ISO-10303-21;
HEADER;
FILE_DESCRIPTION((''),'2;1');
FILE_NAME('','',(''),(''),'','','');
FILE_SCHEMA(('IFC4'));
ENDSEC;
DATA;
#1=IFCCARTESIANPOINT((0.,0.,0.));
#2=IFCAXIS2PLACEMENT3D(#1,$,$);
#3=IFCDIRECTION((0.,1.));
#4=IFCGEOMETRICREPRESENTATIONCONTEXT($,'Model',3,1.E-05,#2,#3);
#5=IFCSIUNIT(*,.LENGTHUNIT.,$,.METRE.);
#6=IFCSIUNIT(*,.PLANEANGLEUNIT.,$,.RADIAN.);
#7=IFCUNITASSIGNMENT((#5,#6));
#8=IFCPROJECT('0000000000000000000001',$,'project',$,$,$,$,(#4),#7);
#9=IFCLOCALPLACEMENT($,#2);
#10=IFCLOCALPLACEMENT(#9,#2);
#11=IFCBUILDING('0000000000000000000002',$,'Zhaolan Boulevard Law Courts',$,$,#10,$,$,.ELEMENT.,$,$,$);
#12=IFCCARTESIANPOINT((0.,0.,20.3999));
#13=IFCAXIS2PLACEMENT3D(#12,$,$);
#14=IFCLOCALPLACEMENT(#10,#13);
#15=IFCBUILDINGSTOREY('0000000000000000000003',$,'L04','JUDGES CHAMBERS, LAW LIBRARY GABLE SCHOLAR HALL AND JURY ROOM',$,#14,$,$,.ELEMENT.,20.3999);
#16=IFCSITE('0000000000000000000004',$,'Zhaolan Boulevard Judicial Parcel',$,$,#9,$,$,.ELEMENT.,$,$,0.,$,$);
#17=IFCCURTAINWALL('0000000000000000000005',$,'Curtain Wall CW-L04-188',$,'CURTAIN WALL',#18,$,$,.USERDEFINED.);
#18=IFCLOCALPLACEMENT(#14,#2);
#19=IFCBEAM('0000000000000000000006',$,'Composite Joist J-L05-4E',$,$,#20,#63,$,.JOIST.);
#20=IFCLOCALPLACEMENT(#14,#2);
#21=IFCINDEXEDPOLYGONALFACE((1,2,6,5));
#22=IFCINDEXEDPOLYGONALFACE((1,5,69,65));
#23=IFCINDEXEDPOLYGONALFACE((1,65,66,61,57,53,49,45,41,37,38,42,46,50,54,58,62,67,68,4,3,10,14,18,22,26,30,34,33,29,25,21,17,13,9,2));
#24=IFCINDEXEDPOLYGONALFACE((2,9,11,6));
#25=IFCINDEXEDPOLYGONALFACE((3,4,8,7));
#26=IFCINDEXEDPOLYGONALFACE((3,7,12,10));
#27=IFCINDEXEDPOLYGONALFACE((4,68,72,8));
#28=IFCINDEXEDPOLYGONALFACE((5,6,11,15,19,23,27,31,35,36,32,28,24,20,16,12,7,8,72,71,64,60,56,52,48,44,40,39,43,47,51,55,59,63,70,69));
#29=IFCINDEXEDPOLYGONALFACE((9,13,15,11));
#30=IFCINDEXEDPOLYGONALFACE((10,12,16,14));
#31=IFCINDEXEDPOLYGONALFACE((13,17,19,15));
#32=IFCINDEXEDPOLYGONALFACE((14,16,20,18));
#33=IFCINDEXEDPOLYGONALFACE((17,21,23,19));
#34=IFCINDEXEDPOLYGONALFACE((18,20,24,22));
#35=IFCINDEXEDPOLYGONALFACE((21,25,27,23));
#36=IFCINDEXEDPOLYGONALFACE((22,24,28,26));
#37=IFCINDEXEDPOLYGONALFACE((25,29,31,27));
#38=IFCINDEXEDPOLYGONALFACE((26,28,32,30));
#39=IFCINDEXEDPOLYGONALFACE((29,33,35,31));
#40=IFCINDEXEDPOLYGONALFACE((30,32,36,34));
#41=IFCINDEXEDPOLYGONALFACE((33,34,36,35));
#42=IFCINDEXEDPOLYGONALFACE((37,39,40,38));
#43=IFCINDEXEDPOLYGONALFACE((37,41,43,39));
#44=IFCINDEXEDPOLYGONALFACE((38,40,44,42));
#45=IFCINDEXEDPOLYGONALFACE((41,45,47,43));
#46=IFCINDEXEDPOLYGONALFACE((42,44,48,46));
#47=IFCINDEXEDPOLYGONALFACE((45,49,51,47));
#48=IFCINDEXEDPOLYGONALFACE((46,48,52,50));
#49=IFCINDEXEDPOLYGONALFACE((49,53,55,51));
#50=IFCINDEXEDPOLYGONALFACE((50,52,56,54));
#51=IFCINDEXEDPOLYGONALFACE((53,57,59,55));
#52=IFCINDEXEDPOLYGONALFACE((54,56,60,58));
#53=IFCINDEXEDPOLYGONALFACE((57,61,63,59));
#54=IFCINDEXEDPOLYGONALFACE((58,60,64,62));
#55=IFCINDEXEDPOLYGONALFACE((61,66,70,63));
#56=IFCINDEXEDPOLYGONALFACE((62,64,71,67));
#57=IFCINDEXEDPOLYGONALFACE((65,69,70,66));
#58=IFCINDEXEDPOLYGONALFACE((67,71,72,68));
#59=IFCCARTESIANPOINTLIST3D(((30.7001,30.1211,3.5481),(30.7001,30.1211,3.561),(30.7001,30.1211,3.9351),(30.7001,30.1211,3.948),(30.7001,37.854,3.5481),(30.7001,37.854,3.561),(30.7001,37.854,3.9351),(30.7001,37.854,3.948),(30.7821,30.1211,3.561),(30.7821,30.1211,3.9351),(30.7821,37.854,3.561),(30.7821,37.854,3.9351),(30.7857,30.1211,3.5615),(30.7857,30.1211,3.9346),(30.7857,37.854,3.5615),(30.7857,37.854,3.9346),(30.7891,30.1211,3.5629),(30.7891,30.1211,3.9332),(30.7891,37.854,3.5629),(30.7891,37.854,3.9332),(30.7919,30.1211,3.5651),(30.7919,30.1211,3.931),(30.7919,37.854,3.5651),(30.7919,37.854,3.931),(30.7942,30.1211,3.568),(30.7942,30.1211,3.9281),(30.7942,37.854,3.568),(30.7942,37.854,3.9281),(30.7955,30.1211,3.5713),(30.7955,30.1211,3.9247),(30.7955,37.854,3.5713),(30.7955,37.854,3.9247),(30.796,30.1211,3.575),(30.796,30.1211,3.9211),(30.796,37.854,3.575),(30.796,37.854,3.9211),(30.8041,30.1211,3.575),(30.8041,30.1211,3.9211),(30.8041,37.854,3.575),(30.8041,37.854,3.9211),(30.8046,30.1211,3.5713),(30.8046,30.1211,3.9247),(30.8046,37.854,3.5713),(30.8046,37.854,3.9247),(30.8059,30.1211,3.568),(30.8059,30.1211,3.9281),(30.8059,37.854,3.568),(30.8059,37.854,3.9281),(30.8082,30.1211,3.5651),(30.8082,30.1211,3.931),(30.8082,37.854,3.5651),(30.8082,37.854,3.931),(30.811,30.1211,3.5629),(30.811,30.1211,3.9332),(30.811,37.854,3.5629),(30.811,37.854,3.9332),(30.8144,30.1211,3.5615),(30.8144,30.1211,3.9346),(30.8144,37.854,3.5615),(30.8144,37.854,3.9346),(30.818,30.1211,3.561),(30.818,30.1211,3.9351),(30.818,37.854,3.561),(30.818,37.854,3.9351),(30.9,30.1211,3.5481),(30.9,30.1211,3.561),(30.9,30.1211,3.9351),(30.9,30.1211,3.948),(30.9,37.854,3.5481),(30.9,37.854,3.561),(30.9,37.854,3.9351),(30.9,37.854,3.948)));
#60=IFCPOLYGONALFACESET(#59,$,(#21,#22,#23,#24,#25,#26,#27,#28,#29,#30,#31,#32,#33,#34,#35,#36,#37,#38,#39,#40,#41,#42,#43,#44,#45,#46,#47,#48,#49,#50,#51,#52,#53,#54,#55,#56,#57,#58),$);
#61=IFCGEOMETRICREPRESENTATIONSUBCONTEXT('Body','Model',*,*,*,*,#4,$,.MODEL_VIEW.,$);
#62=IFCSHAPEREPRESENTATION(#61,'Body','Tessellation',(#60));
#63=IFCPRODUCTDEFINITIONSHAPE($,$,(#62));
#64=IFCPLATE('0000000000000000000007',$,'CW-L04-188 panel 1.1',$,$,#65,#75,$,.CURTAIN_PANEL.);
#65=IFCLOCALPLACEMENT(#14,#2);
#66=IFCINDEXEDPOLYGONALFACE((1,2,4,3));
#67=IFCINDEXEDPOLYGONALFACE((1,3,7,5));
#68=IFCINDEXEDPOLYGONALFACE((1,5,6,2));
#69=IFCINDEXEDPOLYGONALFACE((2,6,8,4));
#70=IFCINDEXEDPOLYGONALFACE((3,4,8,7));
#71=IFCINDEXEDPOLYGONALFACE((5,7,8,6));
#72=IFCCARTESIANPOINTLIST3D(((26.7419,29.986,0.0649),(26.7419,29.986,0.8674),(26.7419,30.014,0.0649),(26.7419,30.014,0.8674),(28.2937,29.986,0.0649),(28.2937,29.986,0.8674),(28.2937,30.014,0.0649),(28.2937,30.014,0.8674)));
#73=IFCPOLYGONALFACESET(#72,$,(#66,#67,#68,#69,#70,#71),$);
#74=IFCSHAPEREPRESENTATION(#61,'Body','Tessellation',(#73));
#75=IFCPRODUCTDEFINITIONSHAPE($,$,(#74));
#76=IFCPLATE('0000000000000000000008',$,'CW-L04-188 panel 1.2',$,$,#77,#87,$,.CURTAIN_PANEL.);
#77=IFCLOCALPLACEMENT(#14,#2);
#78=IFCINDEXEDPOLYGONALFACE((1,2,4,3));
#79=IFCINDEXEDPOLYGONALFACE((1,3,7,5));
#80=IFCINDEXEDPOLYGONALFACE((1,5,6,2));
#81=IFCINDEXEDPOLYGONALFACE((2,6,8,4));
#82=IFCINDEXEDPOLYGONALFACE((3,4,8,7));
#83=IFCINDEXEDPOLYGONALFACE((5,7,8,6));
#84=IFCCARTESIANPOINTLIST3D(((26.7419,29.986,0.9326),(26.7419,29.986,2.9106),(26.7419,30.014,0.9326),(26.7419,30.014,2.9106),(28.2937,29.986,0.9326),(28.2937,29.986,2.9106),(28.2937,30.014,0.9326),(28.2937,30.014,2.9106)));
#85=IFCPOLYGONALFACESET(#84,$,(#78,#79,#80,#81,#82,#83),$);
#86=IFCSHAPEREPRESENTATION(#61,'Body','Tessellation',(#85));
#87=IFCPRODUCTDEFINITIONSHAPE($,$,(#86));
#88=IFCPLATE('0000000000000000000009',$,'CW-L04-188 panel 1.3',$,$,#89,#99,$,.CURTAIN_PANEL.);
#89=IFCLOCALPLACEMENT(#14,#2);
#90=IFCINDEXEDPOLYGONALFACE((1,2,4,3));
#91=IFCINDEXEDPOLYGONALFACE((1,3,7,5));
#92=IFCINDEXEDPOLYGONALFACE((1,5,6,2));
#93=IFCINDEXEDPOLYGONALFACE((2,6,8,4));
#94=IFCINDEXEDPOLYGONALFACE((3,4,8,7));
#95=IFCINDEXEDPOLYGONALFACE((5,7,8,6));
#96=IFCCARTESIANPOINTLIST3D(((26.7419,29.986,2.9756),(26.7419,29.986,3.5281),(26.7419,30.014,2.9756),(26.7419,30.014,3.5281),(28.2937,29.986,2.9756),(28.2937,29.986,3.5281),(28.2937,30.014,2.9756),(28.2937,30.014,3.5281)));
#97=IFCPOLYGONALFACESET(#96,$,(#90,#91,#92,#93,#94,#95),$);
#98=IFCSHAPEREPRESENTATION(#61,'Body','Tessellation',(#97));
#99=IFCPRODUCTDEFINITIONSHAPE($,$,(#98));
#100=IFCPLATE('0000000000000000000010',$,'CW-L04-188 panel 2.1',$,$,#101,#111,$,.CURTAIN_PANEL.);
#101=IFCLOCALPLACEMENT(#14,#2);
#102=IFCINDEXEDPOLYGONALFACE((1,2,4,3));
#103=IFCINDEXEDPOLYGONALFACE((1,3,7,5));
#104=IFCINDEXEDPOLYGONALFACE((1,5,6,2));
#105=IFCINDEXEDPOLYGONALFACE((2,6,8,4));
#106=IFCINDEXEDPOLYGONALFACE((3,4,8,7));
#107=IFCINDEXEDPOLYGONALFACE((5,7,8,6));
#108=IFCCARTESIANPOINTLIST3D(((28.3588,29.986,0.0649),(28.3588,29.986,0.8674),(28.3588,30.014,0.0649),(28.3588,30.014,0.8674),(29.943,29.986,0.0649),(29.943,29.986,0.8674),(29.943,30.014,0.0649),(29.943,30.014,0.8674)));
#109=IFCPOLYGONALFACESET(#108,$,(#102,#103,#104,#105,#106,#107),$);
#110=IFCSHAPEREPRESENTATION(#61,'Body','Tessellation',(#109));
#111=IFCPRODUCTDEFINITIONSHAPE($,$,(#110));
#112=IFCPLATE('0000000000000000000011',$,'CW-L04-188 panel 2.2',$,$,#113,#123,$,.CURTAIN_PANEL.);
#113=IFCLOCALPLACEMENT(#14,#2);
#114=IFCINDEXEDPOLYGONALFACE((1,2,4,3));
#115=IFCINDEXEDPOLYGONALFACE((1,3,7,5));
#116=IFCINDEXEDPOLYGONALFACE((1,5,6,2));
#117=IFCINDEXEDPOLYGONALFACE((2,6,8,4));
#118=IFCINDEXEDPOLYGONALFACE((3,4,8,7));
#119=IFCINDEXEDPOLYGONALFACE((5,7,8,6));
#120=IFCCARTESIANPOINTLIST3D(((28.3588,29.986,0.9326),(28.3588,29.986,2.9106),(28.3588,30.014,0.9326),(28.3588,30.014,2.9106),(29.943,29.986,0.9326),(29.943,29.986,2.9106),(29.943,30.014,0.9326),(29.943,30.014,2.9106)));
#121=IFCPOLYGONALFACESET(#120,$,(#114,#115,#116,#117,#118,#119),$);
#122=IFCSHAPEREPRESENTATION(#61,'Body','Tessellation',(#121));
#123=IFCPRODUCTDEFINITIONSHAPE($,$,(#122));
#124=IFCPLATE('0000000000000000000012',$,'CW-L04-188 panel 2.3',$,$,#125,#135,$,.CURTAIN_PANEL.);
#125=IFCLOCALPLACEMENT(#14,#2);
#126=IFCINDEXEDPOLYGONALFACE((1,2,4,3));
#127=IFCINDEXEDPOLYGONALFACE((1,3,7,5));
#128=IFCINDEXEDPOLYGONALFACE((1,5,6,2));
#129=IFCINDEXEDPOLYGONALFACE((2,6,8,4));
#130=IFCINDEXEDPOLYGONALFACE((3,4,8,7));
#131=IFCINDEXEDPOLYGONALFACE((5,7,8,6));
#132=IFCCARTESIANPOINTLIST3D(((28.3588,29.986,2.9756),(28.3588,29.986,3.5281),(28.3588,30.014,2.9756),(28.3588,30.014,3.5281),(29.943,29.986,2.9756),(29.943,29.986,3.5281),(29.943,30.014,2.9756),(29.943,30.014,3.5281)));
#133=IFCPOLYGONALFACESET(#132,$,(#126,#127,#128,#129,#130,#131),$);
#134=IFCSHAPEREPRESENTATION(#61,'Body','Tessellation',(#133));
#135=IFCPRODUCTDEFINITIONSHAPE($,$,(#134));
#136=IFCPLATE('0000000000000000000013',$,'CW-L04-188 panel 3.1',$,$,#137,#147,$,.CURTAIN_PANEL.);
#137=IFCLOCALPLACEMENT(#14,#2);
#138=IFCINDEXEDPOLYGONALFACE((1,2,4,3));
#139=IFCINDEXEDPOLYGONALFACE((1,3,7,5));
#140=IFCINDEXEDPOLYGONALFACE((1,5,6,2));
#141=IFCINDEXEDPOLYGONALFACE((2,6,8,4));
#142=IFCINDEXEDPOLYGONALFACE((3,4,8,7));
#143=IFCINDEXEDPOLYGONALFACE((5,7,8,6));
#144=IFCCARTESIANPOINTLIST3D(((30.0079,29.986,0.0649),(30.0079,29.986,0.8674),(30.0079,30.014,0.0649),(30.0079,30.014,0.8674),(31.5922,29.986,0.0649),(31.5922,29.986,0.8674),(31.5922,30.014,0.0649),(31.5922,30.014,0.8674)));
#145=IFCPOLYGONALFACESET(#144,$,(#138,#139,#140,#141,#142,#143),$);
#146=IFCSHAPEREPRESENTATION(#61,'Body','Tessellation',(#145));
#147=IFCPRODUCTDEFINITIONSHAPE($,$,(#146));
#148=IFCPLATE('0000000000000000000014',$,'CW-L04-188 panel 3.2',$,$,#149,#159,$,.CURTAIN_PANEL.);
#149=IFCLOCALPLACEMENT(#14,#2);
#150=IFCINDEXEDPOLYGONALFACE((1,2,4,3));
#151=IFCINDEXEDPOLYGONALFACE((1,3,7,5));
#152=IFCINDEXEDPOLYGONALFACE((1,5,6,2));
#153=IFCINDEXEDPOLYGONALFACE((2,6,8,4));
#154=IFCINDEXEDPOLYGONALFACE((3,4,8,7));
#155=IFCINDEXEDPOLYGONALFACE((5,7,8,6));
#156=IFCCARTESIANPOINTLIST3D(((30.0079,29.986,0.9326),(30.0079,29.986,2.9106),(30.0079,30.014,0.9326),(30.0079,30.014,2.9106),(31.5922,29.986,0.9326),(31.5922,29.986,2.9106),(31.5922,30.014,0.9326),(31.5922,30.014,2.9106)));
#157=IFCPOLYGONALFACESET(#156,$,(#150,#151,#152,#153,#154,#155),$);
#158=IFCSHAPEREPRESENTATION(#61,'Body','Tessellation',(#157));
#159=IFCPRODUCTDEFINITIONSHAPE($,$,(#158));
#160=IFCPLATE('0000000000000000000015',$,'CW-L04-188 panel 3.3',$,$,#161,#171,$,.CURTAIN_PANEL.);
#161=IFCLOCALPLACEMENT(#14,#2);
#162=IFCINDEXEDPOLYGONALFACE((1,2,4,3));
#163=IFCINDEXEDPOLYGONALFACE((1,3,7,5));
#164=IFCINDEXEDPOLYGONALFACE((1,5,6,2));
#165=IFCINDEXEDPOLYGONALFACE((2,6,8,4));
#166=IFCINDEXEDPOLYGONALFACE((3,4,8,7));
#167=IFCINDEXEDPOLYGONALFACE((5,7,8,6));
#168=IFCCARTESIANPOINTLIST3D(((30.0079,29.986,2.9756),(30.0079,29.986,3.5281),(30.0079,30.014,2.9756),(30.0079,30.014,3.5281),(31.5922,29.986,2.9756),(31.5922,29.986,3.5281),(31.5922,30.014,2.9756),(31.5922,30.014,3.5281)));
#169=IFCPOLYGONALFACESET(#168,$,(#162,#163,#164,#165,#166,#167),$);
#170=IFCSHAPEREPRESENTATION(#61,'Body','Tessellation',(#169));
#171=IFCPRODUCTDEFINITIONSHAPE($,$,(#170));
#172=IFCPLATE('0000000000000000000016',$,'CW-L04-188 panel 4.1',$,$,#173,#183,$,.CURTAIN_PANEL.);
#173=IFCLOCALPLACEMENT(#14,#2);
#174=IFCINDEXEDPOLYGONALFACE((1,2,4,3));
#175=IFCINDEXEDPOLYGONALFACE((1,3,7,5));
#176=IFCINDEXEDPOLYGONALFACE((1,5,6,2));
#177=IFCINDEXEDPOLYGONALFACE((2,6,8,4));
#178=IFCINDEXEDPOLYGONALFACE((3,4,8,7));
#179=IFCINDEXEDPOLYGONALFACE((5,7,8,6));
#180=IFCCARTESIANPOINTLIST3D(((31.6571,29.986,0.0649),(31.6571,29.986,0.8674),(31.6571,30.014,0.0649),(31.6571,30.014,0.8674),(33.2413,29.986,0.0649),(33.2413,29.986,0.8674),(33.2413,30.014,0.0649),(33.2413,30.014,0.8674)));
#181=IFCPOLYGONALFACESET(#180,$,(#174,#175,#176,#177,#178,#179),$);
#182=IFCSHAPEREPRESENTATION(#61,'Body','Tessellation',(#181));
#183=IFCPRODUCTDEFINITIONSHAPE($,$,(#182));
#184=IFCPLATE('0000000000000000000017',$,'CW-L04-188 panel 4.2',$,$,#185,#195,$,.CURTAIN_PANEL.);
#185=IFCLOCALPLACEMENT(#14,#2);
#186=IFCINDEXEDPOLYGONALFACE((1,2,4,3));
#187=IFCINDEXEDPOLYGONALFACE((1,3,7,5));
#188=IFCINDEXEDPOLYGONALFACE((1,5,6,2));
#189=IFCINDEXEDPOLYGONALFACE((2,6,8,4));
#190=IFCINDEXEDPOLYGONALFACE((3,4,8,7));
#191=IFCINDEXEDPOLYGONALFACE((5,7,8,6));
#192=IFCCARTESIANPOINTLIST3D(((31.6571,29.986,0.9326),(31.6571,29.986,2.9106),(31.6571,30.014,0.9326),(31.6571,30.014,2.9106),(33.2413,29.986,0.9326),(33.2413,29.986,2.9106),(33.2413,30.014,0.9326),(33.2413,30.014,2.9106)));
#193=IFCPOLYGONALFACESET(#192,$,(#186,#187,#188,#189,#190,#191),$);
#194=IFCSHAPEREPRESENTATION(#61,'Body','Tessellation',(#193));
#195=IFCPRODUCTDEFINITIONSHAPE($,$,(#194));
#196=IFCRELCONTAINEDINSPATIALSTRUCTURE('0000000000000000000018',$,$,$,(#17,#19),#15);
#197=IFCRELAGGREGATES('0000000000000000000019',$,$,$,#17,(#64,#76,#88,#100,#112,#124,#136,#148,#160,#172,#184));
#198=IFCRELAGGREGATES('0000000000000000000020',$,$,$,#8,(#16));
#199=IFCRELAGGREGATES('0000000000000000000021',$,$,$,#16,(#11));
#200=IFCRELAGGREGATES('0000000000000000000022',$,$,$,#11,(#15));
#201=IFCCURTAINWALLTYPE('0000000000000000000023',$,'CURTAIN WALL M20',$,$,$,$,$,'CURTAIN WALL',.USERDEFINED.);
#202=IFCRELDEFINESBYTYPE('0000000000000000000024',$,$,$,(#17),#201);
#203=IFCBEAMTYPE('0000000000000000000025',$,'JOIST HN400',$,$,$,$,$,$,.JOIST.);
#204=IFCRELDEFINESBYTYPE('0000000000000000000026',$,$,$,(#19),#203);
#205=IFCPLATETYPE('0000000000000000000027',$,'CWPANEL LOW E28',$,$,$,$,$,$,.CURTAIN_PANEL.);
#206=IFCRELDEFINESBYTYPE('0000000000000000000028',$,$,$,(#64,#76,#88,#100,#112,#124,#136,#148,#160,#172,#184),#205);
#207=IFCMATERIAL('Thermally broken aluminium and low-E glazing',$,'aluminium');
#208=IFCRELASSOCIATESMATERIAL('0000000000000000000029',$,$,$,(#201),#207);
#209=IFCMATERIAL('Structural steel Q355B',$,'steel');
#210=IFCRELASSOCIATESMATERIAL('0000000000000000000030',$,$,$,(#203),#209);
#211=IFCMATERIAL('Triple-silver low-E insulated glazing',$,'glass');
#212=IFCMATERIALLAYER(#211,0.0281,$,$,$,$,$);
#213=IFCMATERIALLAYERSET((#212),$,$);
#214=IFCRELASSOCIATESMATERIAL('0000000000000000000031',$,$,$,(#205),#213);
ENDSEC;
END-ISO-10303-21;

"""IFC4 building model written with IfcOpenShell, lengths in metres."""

from ifc_helpers import new_model, si_unit, direction, frame, origin, origin_2d, place, context, subcontext, project, spatial, rectangle, i_section, extrude, material, layer, layer_set, material_profile, profile_set, type_object, element, aggregate, save


model = new_model("IFC4")

# Units and contexts
model_context = context("Model", 3, precision=1e-05, world=origin(), true_north=direction((0.0, 1.0)))
body_context = subcontext(model_context, "Body", "Model", "MODEL_VIEW")
ifc_project = project(units=[si_unit("LENGTHUNIT", "METRE"), si_unit("PLANEANGLEUNIT", "RADIAN")], contexts=[model_context])

# Site, building, storey
site_placement = place(None, origin())
site = spatial("IfcSite", under=ifc_project, at=site_placement, Name="Zhaolan Boulevard Judicial Parcel", CompositionType="ELEMENT", RefElevation=0.0)
building_placement = place(site_placement, origin())
building = spatial("IfcBuilding", under=site, at=building_placement, Name="Zhaolan Boulevard Law Courts", CompositionType="ELEMENT")
storey_placement = place(building_placement, frame((0.0, 0.0, 20.3999)))
storey = spatial("IfcBuildingStorey", under=building, at=storey_placement, Name="L04", Description="JUDGES CHAMBERS, LAW LIBRARY GABLE SCHOLAR HALL AND JURY ROOM", CompositionType="ELEMENT", Elevation=20.3999)

# Curtain wall
ifc_material_1 = material(Name="Thermally broken aluminium and low-E glazing", Category="aluminium")
curtain_wall_type = type_object("IfcCurtainWallType", Name="CURTAIN WALL M20", ElementType="CURTAIN WALL", PredefinedType="USERDEFINED", material=ifc_material_1)
curtain_wall_placement = place(storey_placement, origin())
curtain_wall = element("IfcCurtainWall", 1, at=curtain_wall_placement, inside=storey, type_object=curtain_wall_type, Name="Curtain Wall CW-L04-188", ObjectType="CURTAIN WALL", PredefinedType="USERDEFINED")

# Beam
ifc_material_2 = material(Name="Structural steel Q355B", Category="steel")
ifc_material_profile_1 = material_profile(ifc_material_2, i_section(OverallWidth=0.2, OverallDepth=0.3999, WebThickness=0.0081, FlangeThickness=0.0129, FilletRadius=0.0139, at=origin_2d()), Name="HN400x200")
ifc_profile_set_1 = profile_set([ifc_material_profile_1], Name="Structural steel Q355B")
beam_type = type_object("IfcBeamType", Name="JOIST HN400", PredefinedType="JOIST", material=ifc_profile_set_1)
beam_placement = place(storey_placement, frame((30.8, 30.1211, 3.748), z_axis=(0.0, 1.0, 0.0), x_axis=(-1.0, 0.0, 0.0)))
element("IfcBeam", 2, at=beam_placement, inside=storey, type_object=beam_type, Name="Composite Joist J-L05-4E", PredefinedType="JOIST", context=body_context, shape_type="SweptSolid", body=[
    extrude(i_section(OverallWidth=0.2, OverallDepth=0.3999, WebThickness=0.0081, FlangeThickness=0.0129, FilletRadius=0.0139, at=origin_2d()), origin(), (0.0, 0.0, 1.0), 7.7329),
])

# Plates
ifc_material_3 = material(Name="Triple-silver low-E insulated glazing", Category="glass")
ifc_layer_1 = layer(ifc_material_3, 0.0281)
ifc_layer_set_1 = layer_set([ifc_layer_1])
plate_type = type_object("IfcPlateType", Name="CWPANEL LOW E28", PredefinedType="CURTAIN_PANEL", material=ifc_layer_set_1)
plate_1_placement = place(storey_placement, frame((27.5178, 30.0, 0.0649), z_axis=(0.0, 0.0, 1.0), x_axis=(1.0, 0.0, 0.0)))
plate_1 = element("IfcPlate", 3, at=plate_1_placement, type_object=plate_type, Name="CW-L04-188 panel 1.1", PredefinedType="CURTAIN_PANEL", context=body_context, shape_type="SweptSolid", body=[
    extrude(rectangle(XDim=1.5518, YDim=0.0281, at=origin_2d()), origin(), (0.0, 0.0, 1.0), 0.8025),
])
plate_2_placement = place(storey_placement, frame((27.5178, 30.0, 0.9326), z_axis=(0.0, 0.0, 1.0), x_axis=(1.0, 0.0, 0.0)))
plate_2 = element("IfcPlate", 4, at=plate_2_placement, type_object=plate_type, Name="CW-L04-188 panel 1.2", PredefinedType="CURTAIN_PANEL", context=body_context, shape_type="SweptSolid", body=[
    extrude(rectangle(XDim=1.5518, YDim=0.0281, at=origin_2d()), origin(), (0.0, 0.0, 1.0), 1.978),
])
plate_3_placement = place(storey_placement, frame((27.5178, 30.0, 2.9756), z_axis=(0.0, 0.0, 1.0), x_axis=(1.0, 0.0, 0.0)))
plate_3 = element("IfcPlate", 5, at=plate_3_placement, type_object=plate_type, Name="CW-L04-188 panel 1.3", PredefinedType="CURTAIN_PANEL", context=body_context, shape_type="SweptSolid", body=[
    extrude(rectangle(XDim=1.5518, YDim=0.0281, at=origin_2d()), origin(), (0.0, 0.0, 1.0), 0.5525),
])
plate_4_placement = place(storey_placement, frame((29.1509, 30.0, 0.0649), z_axis=(0.0, 0.0, 1.0), x_axis=(1.0, 0.0, 0.0)))
plate_4 = element("IfcPlate", 6, at=plate_4_placement, type_object=plate_type, Name="CW-L04-188 panel 2.1", PredefinedType="CURTAIN_PANEL", context=body_context, shape_type="SweptSolid", body=[
    extrude(rectangle(XDim=1.5842, YDim=0.0281, at=origin_2d()), origin(), (0.0, 0.0, 1.0), 0.8025),
])
plate_5_placement = place(storey_placement, frame((29.1509, 30.0, 0.9326), z_axis=(0.0, 0.0, 1.0), x_axis=(1.0, 0.0, 0.0)))
plate_5 = element("IfcPlate", 7, at=plate_5_placement, type_object=plate_type, Name="CW-L04-188 panel 2.2", PredefinedType="CURTAIN_PANEL", context=body_context, shape_type="SweptSolid", body=[
    extrude(rectangle(XDim=1.5842, YDim=0.0281, at=origin_2d()), origin(), (0.0, 0.0, 1.0), 1.978),
])
plate_6_placement = place(storey_placement, frame((29.1509, 30.0, 2.9756), z_axis=(0.0, 0.0, 1.0), x_axis=(1.0, 0.0, 0.0)))
plate_6 = element("IfcPlate", 8, at=plate_6_placement, type_object=plate_type, Name="CW-L04-188 panel 2.3", PredefinedType="CURTAIN_PANEL", context=body_context, shape_type="SweptSolid", body=[
    extrude(rectangle(XDim=1.5842, YDim=0.0281, at=origin_2d()), origin(), (0.0, 0.0, 1.0), 0.5525),
])
plate_7_placement = place(storey_placement, frame((30.8, 30.0, 0.0649), z_axis=(0.0, 0.0, 1.0), x_axis=(1.0, 0.0, 0.0)))
plate_7 = element("IfcPlate", 9, at=plate_7_placement, type_object=plate_type, Name="CW-L04-188 panel 3.1", PredefinedType="CURTAIN_PANEL", context=body_context, shape_type="SweptSolid", body=[
    extrude(rectangle(XDim=1.5842, YDim=0.0281, at=origin_2d()), origin(), (0.0, 0.0, 1.0), 0.8025),
])
plate_8_placement = place(storey_placement, frame((30.8, 30.0, 0.9326), z_axis=(0.0, 0.0, 1.0), x_axis=(1.0, 0.0, 0.0)))
plate_8 = element("IfcPlate", 10, at=plate_8_placement, type_object=plate_type, Name="CW-L04-188 panel 3.2", PredefinedType="CURTAIN_PANEL", context=body_context, shape_type="SweptSolid", body=[
    extrude(rectangle(XDim=1.5842, YDim=0.0281, at=origin_2d()), origin(), (0.0, 0.0, 1.0), 1.978),
])
plate_9_placement = place(storey_placement, frame((30.8, 30.0, 2.9756), z_axis=(0.0, 0.0, 1.0), x_axis=(1.0, 0.0, 0.0)))
plate_9 = element("IfcPlate", 11, at=plate_9_placement, type_object=plate_type, Name="CW-L04-188 panel 3.3", PredefinedType="CURTAIN_PANEL", context=body_context, shape_type="SweptSolid", body=[
    extrude(rectangle(XDim=1.5842, YDim=0.0281, at=origin_2d()), origin(), (0.0, 0.0, 1.0), 0.5525),
])
plate_10_placement = place(storey_placement, frame((32.4492, 30.0, 0.0649), z_axis=(0.0, 0.0, 1.0), x_axis=(1.0, 0.0, 0.0)))
plate_10 = element("IfcPlate", 12, at=plate_10_placement, type_object=plate_type, Name="CW-L04-188 panel 4.1", PredefinedType="CURTAIN_PANEL", context=body_context, shape_type="SweptSolid", body=[
    extrude(rectangle(XDim=1.5842, YDim=0.0281, at=origin_2d()), origin(), (0.0, 0.0, 1.0), 0.8025),
])
plate_11_placement = place(storey_placement, frame((32.4492, 30.0, 0.9326), z_axis=(0.0, 0.0, 1.0), x_axis=(1.0, 0.0, 0.0)))
plate_11 = element("IfcPlate", 13, at=plate_11_placement, type_object=plate_type, Name="CW-L04-188 panel 4.2", PredefinedType="CURTAIN_PANEL", context=body_context, shape_type="SweptSolid", body=[
    extrude(rectangle(XDim=1.5842, YDim=0.0281, at=origin_2d()), origin(), (0.0, 0.0, 1.0), 1.978),
])
aggregate(curtain_wall, [plate_1, plate_2, plate_3, plate_4, plate_5, plate_6, plate_7, plate_8, plate_9, plate_10, plate_11])

save(model, "model.ifc")
